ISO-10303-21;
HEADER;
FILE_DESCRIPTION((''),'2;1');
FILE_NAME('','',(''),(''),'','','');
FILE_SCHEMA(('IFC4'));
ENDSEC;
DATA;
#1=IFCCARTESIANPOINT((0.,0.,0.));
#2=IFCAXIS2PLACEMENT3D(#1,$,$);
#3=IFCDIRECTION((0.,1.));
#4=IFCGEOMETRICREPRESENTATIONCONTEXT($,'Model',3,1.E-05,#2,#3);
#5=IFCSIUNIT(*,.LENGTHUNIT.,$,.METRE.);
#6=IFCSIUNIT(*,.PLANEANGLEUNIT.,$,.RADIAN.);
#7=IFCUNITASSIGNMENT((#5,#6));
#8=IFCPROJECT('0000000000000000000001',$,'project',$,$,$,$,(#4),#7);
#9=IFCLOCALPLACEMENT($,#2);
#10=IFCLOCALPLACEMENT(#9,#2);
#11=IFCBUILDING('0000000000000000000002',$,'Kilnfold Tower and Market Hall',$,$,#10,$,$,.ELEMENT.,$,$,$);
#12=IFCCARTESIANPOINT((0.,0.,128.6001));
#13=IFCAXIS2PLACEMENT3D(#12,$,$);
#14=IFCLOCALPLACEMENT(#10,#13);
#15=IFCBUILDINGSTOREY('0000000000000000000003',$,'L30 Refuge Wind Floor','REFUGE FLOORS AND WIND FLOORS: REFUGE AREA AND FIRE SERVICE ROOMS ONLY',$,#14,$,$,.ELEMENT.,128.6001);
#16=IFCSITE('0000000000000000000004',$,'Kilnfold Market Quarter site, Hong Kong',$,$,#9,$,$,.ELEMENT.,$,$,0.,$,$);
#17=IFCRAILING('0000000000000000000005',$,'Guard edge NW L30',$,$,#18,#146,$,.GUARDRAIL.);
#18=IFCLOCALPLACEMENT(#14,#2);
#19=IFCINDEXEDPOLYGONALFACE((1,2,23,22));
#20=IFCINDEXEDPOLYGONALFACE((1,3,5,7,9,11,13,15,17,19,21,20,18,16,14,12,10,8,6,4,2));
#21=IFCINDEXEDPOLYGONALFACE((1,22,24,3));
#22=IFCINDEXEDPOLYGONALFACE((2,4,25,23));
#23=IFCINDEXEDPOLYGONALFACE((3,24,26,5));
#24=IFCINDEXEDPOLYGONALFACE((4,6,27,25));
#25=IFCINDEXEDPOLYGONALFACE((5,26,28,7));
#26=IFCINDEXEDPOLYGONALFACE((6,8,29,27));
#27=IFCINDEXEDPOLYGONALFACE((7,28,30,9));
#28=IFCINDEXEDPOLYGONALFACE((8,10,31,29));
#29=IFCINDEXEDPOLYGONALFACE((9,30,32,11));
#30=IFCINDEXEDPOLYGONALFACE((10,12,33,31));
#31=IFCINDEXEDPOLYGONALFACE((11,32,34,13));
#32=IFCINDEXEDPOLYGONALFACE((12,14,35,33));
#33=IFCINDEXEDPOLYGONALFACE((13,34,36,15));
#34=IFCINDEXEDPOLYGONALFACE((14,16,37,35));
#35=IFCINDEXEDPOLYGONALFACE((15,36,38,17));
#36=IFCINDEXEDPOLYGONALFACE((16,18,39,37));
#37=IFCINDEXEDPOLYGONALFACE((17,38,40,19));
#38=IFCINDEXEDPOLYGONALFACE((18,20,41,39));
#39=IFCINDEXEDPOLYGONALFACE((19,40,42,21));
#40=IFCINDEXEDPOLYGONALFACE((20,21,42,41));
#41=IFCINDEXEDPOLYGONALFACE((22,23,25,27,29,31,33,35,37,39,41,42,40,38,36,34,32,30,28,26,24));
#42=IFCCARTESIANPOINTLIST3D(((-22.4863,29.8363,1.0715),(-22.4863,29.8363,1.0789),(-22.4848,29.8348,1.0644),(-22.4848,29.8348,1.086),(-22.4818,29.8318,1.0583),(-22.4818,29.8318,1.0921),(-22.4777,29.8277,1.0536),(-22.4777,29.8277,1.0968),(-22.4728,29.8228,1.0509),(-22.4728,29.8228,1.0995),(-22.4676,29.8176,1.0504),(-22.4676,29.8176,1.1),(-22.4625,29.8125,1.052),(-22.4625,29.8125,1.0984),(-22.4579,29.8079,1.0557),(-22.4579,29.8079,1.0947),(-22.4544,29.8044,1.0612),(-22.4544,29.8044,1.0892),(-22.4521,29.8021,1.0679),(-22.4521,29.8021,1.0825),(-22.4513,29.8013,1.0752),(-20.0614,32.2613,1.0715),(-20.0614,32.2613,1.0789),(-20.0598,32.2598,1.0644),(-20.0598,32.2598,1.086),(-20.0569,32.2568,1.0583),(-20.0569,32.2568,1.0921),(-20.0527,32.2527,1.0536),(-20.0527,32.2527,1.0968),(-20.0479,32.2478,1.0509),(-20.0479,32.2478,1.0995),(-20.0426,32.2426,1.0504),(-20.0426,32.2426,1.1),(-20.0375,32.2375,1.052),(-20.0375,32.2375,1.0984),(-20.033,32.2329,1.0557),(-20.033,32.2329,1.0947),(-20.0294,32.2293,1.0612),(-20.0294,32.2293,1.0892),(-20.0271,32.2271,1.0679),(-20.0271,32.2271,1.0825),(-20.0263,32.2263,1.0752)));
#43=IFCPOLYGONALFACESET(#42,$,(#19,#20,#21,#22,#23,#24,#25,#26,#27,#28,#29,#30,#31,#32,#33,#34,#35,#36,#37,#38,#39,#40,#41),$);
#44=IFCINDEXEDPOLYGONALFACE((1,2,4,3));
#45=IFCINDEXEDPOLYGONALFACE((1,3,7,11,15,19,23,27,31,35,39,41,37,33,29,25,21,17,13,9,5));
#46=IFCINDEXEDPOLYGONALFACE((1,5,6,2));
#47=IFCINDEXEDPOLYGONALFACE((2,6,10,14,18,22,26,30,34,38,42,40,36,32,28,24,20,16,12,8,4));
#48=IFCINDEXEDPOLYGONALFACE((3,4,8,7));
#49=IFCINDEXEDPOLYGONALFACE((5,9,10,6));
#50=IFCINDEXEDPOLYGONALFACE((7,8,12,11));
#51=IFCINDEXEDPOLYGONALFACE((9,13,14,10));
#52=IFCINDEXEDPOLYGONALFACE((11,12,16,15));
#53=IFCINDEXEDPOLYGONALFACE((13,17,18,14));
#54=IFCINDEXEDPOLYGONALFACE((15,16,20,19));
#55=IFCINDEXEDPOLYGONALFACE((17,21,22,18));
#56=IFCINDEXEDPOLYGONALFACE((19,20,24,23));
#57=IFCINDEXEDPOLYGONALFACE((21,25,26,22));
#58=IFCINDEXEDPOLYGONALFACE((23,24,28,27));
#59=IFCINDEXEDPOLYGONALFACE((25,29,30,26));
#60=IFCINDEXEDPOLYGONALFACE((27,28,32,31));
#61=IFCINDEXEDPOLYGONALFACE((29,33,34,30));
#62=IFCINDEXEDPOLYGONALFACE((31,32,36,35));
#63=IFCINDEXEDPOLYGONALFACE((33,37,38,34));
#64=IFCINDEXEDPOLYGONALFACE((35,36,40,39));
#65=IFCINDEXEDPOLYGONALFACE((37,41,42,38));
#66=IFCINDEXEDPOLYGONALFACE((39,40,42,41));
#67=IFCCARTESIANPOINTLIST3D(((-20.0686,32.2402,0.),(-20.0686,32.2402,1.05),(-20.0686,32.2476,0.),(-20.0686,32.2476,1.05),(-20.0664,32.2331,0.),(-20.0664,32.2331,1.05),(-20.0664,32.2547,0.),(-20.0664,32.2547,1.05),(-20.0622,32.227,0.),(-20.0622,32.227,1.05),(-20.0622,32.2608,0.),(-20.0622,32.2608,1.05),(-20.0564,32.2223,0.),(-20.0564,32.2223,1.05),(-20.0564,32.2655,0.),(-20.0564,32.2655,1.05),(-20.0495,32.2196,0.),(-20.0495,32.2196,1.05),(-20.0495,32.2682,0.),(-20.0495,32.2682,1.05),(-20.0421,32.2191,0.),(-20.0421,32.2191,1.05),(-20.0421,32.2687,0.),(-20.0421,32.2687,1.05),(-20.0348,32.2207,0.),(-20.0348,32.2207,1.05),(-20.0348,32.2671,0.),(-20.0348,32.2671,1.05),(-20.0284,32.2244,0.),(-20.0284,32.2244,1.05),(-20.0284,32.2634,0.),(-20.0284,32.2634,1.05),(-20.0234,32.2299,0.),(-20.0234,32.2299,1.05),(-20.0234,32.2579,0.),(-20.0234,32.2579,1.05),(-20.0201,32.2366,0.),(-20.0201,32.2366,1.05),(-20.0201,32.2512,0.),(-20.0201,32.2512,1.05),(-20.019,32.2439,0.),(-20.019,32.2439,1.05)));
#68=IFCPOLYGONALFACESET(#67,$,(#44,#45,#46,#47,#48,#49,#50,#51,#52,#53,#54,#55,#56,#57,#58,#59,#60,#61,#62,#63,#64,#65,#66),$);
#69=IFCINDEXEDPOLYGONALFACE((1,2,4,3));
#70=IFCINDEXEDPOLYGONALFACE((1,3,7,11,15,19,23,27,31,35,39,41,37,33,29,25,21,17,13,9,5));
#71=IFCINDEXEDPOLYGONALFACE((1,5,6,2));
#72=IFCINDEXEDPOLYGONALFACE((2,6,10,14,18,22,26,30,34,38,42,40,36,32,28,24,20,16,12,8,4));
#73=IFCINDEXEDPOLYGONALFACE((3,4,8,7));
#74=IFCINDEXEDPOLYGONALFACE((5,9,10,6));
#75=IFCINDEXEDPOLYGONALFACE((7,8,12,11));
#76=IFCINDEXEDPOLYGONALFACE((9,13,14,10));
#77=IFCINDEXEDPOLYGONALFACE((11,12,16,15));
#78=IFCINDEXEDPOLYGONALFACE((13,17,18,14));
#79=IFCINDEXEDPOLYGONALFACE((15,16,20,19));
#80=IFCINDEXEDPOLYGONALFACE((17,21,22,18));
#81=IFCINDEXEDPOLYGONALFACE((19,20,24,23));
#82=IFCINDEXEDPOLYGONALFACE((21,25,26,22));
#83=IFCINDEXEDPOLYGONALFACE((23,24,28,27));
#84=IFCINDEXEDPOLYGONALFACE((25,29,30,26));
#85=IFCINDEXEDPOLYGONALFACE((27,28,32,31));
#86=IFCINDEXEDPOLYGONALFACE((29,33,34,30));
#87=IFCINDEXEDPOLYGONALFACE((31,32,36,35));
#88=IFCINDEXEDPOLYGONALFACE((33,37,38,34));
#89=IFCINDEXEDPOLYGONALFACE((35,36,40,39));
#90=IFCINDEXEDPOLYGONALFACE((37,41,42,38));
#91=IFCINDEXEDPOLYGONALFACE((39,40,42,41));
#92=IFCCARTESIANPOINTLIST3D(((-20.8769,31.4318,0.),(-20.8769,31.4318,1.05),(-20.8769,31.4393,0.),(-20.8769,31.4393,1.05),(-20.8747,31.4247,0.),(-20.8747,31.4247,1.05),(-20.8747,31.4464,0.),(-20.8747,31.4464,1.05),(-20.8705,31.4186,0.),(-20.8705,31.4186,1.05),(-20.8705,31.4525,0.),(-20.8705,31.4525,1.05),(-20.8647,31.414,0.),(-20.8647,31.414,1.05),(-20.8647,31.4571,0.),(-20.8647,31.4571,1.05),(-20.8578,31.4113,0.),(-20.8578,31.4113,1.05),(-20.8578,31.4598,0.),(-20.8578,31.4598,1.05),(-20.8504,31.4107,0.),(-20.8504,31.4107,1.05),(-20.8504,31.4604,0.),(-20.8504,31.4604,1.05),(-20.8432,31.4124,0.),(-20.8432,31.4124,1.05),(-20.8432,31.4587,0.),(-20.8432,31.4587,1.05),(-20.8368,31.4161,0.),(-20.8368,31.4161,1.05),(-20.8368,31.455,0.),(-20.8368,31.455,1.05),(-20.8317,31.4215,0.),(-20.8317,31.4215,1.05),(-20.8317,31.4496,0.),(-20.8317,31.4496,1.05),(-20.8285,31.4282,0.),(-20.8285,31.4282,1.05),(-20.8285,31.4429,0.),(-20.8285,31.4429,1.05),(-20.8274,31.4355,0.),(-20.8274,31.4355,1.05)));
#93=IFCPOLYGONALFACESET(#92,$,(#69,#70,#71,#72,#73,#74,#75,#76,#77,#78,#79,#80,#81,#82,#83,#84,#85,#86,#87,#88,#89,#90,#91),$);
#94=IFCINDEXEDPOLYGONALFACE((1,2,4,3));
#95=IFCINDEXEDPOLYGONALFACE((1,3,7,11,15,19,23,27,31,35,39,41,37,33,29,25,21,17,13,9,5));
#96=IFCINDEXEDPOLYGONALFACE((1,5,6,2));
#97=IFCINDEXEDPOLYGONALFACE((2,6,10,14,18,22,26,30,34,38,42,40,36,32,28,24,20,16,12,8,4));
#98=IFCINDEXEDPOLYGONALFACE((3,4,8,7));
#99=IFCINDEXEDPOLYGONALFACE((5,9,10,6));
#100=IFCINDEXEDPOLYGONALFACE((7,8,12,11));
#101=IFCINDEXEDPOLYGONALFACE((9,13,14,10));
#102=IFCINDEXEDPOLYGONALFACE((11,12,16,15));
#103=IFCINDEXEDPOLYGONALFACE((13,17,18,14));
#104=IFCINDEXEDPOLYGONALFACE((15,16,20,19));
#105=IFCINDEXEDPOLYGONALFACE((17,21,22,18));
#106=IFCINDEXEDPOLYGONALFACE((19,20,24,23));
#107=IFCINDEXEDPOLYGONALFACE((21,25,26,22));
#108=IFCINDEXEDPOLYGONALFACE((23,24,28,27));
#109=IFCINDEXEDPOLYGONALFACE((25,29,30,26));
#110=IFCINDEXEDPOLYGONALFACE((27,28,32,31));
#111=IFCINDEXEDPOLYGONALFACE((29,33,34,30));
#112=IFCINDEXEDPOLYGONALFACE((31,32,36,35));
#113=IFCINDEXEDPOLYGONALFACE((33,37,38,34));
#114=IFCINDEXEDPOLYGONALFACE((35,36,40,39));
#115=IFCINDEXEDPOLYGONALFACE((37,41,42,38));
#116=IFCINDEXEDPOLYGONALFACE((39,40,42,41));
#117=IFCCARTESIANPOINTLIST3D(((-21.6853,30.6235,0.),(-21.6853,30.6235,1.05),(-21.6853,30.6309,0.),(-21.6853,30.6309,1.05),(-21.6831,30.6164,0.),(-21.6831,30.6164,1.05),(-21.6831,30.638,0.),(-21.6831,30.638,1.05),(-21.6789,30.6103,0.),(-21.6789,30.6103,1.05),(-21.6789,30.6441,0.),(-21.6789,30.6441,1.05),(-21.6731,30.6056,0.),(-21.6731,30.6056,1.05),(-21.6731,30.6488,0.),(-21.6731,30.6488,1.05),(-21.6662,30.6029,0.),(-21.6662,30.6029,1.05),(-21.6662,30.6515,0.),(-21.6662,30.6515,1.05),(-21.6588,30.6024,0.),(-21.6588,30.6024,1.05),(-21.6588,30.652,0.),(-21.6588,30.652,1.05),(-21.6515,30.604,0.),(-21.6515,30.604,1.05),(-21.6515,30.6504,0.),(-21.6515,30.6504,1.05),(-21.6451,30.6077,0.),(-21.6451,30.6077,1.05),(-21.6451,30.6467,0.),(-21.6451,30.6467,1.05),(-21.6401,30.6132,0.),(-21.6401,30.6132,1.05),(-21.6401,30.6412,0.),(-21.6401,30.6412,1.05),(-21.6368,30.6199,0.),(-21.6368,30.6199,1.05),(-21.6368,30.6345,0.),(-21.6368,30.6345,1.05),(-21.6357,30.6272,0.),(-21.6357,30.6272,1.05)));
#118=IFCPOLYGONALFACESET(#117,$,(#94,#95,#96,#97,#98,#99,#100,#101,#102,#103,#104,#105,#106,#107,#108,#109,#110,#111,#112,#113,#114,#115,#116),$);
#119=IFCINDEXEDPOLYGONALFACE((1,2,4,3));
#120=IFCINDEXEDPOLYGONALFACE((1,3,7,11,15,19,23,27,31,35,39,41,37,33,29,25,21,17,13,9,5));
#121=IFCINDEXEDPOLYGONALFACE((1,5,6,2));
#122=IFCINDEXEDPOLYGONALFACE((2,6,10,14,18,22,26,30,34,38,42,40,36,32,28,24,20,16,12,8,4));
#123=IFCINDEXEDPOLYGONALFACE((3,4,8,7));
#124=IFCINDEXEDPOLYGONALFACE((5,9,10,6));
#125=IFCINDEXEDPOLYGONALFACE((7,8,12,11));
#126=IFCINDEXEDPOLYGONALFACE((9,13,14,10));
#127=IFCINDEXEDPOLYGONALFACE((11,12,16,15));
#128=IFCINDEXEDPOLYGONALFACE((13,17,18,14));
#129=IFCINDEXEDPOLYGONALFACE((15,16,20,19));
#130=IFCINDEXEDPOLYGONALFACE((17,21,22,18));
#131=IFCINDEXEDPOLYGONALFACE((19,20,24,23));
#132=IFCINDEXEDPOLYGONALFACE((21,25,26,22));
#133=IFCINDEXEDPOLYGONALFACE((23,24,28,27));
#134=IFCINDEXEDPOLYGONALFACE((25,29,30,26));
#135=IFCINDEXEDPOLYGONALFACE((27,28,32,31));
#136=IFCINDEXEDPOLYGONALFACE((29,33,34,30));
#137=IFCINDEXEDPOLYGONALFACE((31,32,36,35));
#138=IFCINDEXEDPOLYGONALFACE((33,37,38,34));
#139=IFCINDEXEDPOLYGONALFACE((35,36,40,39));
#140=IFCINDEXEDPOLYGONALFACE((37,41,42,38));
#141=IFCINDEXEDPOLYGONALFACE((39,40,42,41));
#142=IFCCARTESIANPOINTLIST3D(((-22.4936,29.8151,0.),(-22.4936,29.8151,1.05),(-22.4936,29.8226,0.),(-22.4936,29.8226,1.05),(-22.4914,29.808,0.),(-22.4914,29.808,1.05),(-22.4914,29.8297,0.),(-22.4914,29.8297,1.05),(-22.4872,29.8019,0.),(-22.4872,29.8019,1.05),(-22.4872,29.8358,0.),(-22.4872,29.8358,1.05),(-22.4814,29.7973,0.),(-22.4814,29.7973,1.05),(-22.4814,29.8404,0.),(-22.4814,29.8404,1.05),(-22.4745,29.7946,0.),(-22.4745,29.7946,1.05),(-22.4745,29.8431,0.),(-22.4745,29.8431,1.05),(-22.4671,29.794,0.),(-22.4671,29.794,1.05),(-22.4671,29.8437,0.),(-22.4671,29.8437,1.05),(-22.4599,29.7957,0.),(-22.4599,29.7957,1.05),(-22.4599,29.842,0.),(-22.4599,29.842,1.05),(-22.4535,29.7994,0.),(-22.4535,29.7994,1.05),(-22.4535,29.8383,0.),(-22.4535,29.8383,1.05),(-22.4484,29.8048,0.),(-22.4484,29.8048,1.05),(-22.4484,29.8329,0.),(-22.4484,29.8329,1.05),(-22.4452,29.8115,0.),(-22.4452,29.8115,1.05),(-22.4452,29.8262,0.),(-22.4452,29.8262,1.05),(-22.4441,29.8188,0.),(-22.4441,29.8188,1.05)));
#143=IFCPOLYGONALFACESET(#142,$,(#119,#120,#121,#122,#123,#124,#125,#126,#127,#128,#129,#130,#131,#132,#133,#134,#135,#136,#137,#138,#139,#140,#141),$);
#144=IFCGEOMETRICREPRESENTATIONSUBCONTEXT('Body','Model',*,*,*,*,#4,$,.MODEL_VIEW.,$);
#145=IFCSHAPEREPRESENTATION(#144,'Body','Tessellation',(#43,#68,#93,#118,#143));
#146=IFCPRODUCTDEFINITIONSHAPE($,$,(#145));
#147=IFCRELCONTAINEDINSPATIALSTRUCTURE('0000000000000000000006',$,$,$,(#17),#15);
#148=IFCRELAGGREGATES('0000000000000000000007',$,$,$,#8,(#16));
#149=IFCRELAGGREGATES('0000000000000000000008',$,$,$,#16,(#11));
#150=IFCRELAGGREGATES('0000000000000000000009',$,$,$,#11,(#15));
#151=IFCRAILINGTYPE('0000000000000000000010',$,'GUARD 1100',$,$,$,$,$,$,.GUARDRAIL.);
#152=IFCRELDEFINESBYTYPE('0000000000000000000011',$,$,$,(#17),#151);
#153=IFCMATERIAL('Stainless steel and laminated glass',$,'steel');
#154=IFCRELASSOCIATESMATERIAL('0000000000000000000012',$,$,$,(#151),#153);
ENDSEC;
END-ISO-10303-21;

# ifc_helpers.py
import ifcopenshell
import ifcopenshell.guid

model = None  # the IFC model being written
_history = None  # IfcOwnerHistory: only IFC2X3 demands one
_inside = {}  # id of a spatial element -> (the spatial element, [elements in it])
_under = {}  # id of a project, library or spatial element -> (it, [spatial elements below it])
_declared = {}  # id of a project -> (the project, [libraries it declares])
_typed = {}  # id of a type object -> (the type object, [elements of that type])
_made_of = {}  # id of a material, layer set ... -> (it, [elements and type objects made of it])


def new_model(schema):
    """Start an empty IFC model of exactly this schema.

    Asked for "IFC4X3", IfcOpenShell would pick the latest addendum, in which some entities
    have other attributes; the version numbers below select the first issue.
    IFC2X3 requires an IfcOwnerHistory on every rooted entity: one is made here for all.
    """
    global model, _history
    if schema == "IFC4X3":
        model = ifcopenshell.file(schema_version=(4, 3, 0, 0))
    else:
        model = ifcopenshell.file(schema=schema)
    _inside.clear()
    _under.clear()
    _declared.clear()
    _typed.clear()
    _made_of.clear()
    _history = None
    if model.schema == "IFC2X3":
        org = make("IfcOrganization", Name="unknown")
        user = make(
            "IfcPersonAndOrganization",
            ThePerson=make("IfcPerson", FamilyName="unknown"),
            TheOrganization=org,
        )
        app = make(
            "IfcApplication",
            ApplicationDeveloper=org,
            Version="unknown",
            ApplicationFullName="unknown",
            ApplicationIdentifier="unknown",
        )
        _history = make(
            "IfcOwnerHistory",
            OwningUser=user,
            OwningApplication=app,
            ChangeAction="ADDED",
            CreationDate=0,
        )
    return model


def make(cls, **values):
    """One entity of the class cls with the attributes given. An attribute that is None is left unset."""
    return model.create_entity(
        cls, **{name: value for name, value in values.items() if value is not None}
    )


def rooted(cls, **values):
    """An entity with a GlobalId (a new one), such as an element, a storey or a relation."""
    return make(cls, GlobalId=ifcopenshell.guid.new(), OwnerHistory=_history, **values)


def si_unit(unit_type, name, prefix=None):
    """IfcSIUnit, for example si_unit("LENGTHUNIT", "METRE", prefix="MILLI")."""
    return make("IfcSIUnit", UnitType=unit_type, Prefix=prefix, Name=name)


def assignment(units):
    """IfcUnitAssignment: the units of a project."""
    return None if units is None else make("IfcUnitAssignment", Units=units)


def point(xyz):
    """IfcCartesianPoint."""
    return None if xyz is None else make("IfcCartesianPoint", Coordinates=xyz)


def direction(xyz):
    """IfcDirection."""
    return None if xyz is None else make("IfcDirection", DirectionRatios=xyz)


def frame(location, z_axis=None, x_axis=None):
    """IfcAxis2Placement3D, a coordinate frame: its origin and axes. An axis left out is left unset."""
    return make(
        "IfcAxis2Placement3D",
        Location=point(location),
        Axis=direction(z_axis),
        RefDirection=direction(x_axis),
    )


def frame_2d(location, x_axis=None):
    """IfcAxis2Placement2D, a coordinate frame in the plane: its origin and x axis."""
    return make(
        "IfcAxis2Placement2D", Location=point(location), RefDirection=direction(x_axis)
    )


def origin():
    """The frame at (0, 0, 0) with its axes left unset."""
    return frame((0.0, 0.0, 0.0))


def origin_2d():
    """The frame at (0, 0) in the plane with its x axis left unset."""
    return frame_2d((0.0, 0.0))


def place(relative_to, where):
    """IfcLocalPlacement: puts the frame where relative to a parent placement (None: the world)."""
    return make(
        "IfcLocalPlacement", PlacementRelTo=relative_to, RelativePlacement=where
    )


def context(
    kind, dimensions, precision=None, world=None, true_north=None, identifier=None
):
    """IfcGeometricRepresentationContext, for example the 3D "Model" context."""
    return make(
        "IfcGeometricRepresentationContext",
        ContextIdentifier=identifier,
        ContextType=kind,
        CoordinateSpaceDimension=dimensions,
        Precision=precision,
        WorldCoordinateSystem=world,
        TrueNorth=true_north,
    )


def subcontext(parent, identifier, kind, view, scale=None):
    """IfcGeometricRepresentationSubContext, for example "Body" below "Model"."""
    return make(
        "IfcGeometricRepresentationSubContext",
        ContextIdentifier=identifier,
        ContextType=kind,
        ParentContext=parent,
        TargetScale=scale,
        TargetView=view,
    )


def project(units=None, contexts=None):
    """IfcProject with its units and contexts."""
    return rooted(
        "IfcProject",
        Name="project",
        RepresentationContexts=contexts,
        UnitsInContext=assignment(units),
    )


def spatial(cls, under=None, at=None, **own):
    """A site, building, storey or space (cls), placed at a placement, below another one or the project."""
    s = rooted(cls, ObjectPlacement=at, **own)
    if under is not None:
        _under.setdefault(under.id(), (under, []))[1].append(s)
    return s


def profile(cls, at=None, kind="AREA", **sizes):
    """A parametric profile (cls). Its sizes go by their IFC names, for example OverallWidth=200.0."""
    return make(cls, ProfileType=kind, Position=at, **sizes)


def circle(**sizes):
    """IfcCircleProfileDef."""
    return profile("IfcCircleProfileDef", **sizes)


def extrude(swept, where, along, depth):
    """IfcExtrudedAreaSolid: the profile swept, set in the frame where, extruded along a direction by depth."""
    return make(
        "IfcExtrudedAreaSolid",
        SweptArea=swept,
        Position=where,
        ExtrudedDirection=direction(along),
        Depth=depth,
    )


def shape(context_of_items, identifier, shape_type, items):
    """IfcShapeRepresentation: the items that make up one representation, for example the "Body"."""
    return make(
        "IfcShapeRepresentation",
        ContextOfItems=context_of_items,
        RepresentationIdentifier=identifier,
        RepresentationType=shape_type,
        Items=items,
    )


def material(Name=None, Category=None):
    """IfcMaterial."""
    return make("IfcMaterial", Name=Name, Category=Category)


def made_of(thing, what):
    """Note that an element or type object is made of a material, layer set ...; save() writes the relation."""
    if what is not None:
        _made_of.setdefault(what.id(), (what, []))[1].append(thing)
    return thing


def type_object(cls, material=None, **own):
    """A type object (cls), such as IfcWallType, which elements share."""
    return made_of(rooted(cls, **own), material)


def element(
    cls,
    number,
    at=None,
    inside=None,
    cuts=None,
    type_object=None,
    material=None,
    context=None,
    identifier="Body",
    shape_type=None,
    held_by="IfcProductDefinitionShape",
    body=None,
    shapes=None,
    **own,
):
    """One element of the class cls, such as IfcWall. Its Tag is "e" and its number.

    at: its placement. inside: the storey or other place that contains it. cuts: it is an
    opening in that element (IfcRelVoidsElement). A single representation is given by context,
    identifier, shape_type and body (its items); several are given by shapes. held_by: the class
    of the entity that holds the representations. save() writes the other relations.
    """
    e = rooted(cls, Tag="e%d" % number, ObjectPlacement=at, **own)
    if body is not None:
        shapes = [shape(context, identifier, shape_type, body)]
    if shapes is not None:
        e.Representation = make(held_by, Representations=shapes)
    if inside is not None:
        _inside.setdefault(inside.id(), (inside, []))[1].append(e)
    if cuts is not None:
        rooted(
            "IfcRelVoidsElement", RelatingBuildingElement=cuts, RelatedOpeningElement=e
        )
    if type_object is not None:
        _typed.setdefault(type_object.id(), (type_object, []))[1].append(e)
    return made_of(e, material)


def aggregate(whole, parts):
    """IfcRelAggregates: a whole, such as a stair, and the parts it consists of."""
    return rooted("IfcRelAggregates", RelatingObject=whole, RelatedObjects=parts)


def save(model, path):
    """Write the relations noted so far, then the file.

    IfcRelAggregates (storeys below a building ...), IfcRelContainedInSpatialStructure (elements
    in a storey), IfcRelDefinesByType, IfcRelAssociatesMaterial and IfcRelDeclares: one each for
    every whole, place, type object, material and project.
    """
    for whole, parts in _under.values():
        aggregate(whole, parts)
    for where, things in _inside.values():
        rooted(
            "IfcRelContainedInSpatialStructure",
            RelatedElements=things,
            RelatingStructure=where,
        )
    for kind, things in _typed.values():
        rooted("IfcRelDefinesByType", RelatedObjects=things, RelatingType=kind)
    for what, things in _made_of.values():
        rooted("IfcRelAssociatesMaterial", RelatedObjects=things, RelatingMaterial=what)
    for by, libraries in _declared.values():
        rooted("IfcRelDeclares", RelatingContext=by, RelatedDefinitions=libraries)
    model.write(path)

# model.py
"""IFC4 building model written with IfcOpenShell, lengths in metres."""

from ifc_helpers import new_model, si_unit, direction, frame, origin, origin_2d, place, context, subcontext, project, spatial, circle, extrude, material, type_object, element, save


model = new_model("IFC4")

# Units and contexts
model_context = context("Model", 3, precision=1e-05, world=origin(), true_north=direction((0.0, 1.0)))
body_context = subcontext(model_context, "Body", "Model", "MODEL_VIEW")
ifc_project = project(units=[si_unit("LENGTHUNIT", "METRE"), si_unit("PLANEANGLEUNIT", "RADIAN")], contexts=[model_context])

# Site, building, storey
site_placement = place(None, origin())
site = spatial("IfcSite", under=ifc_project, at=site_placement, Name="Kilnfold Market Quarter site, Hong Kong", CompositionType="ELEMENT", RefElevation=0.0)
building_placement = place(site_placement, origin())
building = spatial("IfcBuilding", under=site, at=building_placement, Name="Kilnfold Tower and Market Hall", CompositionType="ELEMENT")
storey_placement = place(building_placement, frame((0.0, 0.0, 128.6001)))
storey = spatial("IfcBuildingStorey", under=building, at=storey_placement, Name="L30 Refuge Wind Floor", Description="REFUGE FLOORS AND WIND FLOORS: REFUGE AREA AND FIRE SERVICE ROOMS ONLY", CompositionType="ELEMENT", Elevation=128.6001)

# Railing
ifc_material_1 = material(Name="Stainless steel and laminated glass", Category="steel")
railing_type_1 = type_object("IfcRailingType", Name="GUARD 1100", PredefinedType="GUARDRAIL", material=ifc_material_1)
railing_1_placement = place(storey_placement, frame((-20.0439, 32.2439, 0.0)))
element("IfcRailing", 1, at=railing_1_placement, inside=storey, type_object=railing_type_1, Name="Guard edge NW L30", PredefinedType="GUARDRAIL", context=body_context, shape_type="SweptSolid", body=[
    extrude(circle(Radius=0.0249, at=origin_2d()), frame((0.0, 0.0, 1.0752), z_axis=(-0.707107, -0.707107, 0.0), x_axis=(0.707107, -0.707107, 0.0)), (0.0, 0.0, 1.0), 3.4294),
    extrude(circle(Radius=0.0249, at=origin_2d()), origin(), (0.0, 0.0, 1.0), 1.05),
    extrude(circle(Radius=0.0249, at=origin_2d()), frame((-0.8083, -0.8083, 0.0)), (0.0, 0.0, 1.0), 1.05),
    extrude(circle(Radius=0.0249, at=origin_2d()), frame((-1.6167, -1.6167, 0.0)), (0.0, 0.0, 1.0), 1.05),
    extrude(circle(Radius=0.0249, at=origin_2d()), frame((-2.425, -2.425, 0.0)), (0.0, 0.0, 1.0), 1.05),
])

save(model, "model.ifc")
